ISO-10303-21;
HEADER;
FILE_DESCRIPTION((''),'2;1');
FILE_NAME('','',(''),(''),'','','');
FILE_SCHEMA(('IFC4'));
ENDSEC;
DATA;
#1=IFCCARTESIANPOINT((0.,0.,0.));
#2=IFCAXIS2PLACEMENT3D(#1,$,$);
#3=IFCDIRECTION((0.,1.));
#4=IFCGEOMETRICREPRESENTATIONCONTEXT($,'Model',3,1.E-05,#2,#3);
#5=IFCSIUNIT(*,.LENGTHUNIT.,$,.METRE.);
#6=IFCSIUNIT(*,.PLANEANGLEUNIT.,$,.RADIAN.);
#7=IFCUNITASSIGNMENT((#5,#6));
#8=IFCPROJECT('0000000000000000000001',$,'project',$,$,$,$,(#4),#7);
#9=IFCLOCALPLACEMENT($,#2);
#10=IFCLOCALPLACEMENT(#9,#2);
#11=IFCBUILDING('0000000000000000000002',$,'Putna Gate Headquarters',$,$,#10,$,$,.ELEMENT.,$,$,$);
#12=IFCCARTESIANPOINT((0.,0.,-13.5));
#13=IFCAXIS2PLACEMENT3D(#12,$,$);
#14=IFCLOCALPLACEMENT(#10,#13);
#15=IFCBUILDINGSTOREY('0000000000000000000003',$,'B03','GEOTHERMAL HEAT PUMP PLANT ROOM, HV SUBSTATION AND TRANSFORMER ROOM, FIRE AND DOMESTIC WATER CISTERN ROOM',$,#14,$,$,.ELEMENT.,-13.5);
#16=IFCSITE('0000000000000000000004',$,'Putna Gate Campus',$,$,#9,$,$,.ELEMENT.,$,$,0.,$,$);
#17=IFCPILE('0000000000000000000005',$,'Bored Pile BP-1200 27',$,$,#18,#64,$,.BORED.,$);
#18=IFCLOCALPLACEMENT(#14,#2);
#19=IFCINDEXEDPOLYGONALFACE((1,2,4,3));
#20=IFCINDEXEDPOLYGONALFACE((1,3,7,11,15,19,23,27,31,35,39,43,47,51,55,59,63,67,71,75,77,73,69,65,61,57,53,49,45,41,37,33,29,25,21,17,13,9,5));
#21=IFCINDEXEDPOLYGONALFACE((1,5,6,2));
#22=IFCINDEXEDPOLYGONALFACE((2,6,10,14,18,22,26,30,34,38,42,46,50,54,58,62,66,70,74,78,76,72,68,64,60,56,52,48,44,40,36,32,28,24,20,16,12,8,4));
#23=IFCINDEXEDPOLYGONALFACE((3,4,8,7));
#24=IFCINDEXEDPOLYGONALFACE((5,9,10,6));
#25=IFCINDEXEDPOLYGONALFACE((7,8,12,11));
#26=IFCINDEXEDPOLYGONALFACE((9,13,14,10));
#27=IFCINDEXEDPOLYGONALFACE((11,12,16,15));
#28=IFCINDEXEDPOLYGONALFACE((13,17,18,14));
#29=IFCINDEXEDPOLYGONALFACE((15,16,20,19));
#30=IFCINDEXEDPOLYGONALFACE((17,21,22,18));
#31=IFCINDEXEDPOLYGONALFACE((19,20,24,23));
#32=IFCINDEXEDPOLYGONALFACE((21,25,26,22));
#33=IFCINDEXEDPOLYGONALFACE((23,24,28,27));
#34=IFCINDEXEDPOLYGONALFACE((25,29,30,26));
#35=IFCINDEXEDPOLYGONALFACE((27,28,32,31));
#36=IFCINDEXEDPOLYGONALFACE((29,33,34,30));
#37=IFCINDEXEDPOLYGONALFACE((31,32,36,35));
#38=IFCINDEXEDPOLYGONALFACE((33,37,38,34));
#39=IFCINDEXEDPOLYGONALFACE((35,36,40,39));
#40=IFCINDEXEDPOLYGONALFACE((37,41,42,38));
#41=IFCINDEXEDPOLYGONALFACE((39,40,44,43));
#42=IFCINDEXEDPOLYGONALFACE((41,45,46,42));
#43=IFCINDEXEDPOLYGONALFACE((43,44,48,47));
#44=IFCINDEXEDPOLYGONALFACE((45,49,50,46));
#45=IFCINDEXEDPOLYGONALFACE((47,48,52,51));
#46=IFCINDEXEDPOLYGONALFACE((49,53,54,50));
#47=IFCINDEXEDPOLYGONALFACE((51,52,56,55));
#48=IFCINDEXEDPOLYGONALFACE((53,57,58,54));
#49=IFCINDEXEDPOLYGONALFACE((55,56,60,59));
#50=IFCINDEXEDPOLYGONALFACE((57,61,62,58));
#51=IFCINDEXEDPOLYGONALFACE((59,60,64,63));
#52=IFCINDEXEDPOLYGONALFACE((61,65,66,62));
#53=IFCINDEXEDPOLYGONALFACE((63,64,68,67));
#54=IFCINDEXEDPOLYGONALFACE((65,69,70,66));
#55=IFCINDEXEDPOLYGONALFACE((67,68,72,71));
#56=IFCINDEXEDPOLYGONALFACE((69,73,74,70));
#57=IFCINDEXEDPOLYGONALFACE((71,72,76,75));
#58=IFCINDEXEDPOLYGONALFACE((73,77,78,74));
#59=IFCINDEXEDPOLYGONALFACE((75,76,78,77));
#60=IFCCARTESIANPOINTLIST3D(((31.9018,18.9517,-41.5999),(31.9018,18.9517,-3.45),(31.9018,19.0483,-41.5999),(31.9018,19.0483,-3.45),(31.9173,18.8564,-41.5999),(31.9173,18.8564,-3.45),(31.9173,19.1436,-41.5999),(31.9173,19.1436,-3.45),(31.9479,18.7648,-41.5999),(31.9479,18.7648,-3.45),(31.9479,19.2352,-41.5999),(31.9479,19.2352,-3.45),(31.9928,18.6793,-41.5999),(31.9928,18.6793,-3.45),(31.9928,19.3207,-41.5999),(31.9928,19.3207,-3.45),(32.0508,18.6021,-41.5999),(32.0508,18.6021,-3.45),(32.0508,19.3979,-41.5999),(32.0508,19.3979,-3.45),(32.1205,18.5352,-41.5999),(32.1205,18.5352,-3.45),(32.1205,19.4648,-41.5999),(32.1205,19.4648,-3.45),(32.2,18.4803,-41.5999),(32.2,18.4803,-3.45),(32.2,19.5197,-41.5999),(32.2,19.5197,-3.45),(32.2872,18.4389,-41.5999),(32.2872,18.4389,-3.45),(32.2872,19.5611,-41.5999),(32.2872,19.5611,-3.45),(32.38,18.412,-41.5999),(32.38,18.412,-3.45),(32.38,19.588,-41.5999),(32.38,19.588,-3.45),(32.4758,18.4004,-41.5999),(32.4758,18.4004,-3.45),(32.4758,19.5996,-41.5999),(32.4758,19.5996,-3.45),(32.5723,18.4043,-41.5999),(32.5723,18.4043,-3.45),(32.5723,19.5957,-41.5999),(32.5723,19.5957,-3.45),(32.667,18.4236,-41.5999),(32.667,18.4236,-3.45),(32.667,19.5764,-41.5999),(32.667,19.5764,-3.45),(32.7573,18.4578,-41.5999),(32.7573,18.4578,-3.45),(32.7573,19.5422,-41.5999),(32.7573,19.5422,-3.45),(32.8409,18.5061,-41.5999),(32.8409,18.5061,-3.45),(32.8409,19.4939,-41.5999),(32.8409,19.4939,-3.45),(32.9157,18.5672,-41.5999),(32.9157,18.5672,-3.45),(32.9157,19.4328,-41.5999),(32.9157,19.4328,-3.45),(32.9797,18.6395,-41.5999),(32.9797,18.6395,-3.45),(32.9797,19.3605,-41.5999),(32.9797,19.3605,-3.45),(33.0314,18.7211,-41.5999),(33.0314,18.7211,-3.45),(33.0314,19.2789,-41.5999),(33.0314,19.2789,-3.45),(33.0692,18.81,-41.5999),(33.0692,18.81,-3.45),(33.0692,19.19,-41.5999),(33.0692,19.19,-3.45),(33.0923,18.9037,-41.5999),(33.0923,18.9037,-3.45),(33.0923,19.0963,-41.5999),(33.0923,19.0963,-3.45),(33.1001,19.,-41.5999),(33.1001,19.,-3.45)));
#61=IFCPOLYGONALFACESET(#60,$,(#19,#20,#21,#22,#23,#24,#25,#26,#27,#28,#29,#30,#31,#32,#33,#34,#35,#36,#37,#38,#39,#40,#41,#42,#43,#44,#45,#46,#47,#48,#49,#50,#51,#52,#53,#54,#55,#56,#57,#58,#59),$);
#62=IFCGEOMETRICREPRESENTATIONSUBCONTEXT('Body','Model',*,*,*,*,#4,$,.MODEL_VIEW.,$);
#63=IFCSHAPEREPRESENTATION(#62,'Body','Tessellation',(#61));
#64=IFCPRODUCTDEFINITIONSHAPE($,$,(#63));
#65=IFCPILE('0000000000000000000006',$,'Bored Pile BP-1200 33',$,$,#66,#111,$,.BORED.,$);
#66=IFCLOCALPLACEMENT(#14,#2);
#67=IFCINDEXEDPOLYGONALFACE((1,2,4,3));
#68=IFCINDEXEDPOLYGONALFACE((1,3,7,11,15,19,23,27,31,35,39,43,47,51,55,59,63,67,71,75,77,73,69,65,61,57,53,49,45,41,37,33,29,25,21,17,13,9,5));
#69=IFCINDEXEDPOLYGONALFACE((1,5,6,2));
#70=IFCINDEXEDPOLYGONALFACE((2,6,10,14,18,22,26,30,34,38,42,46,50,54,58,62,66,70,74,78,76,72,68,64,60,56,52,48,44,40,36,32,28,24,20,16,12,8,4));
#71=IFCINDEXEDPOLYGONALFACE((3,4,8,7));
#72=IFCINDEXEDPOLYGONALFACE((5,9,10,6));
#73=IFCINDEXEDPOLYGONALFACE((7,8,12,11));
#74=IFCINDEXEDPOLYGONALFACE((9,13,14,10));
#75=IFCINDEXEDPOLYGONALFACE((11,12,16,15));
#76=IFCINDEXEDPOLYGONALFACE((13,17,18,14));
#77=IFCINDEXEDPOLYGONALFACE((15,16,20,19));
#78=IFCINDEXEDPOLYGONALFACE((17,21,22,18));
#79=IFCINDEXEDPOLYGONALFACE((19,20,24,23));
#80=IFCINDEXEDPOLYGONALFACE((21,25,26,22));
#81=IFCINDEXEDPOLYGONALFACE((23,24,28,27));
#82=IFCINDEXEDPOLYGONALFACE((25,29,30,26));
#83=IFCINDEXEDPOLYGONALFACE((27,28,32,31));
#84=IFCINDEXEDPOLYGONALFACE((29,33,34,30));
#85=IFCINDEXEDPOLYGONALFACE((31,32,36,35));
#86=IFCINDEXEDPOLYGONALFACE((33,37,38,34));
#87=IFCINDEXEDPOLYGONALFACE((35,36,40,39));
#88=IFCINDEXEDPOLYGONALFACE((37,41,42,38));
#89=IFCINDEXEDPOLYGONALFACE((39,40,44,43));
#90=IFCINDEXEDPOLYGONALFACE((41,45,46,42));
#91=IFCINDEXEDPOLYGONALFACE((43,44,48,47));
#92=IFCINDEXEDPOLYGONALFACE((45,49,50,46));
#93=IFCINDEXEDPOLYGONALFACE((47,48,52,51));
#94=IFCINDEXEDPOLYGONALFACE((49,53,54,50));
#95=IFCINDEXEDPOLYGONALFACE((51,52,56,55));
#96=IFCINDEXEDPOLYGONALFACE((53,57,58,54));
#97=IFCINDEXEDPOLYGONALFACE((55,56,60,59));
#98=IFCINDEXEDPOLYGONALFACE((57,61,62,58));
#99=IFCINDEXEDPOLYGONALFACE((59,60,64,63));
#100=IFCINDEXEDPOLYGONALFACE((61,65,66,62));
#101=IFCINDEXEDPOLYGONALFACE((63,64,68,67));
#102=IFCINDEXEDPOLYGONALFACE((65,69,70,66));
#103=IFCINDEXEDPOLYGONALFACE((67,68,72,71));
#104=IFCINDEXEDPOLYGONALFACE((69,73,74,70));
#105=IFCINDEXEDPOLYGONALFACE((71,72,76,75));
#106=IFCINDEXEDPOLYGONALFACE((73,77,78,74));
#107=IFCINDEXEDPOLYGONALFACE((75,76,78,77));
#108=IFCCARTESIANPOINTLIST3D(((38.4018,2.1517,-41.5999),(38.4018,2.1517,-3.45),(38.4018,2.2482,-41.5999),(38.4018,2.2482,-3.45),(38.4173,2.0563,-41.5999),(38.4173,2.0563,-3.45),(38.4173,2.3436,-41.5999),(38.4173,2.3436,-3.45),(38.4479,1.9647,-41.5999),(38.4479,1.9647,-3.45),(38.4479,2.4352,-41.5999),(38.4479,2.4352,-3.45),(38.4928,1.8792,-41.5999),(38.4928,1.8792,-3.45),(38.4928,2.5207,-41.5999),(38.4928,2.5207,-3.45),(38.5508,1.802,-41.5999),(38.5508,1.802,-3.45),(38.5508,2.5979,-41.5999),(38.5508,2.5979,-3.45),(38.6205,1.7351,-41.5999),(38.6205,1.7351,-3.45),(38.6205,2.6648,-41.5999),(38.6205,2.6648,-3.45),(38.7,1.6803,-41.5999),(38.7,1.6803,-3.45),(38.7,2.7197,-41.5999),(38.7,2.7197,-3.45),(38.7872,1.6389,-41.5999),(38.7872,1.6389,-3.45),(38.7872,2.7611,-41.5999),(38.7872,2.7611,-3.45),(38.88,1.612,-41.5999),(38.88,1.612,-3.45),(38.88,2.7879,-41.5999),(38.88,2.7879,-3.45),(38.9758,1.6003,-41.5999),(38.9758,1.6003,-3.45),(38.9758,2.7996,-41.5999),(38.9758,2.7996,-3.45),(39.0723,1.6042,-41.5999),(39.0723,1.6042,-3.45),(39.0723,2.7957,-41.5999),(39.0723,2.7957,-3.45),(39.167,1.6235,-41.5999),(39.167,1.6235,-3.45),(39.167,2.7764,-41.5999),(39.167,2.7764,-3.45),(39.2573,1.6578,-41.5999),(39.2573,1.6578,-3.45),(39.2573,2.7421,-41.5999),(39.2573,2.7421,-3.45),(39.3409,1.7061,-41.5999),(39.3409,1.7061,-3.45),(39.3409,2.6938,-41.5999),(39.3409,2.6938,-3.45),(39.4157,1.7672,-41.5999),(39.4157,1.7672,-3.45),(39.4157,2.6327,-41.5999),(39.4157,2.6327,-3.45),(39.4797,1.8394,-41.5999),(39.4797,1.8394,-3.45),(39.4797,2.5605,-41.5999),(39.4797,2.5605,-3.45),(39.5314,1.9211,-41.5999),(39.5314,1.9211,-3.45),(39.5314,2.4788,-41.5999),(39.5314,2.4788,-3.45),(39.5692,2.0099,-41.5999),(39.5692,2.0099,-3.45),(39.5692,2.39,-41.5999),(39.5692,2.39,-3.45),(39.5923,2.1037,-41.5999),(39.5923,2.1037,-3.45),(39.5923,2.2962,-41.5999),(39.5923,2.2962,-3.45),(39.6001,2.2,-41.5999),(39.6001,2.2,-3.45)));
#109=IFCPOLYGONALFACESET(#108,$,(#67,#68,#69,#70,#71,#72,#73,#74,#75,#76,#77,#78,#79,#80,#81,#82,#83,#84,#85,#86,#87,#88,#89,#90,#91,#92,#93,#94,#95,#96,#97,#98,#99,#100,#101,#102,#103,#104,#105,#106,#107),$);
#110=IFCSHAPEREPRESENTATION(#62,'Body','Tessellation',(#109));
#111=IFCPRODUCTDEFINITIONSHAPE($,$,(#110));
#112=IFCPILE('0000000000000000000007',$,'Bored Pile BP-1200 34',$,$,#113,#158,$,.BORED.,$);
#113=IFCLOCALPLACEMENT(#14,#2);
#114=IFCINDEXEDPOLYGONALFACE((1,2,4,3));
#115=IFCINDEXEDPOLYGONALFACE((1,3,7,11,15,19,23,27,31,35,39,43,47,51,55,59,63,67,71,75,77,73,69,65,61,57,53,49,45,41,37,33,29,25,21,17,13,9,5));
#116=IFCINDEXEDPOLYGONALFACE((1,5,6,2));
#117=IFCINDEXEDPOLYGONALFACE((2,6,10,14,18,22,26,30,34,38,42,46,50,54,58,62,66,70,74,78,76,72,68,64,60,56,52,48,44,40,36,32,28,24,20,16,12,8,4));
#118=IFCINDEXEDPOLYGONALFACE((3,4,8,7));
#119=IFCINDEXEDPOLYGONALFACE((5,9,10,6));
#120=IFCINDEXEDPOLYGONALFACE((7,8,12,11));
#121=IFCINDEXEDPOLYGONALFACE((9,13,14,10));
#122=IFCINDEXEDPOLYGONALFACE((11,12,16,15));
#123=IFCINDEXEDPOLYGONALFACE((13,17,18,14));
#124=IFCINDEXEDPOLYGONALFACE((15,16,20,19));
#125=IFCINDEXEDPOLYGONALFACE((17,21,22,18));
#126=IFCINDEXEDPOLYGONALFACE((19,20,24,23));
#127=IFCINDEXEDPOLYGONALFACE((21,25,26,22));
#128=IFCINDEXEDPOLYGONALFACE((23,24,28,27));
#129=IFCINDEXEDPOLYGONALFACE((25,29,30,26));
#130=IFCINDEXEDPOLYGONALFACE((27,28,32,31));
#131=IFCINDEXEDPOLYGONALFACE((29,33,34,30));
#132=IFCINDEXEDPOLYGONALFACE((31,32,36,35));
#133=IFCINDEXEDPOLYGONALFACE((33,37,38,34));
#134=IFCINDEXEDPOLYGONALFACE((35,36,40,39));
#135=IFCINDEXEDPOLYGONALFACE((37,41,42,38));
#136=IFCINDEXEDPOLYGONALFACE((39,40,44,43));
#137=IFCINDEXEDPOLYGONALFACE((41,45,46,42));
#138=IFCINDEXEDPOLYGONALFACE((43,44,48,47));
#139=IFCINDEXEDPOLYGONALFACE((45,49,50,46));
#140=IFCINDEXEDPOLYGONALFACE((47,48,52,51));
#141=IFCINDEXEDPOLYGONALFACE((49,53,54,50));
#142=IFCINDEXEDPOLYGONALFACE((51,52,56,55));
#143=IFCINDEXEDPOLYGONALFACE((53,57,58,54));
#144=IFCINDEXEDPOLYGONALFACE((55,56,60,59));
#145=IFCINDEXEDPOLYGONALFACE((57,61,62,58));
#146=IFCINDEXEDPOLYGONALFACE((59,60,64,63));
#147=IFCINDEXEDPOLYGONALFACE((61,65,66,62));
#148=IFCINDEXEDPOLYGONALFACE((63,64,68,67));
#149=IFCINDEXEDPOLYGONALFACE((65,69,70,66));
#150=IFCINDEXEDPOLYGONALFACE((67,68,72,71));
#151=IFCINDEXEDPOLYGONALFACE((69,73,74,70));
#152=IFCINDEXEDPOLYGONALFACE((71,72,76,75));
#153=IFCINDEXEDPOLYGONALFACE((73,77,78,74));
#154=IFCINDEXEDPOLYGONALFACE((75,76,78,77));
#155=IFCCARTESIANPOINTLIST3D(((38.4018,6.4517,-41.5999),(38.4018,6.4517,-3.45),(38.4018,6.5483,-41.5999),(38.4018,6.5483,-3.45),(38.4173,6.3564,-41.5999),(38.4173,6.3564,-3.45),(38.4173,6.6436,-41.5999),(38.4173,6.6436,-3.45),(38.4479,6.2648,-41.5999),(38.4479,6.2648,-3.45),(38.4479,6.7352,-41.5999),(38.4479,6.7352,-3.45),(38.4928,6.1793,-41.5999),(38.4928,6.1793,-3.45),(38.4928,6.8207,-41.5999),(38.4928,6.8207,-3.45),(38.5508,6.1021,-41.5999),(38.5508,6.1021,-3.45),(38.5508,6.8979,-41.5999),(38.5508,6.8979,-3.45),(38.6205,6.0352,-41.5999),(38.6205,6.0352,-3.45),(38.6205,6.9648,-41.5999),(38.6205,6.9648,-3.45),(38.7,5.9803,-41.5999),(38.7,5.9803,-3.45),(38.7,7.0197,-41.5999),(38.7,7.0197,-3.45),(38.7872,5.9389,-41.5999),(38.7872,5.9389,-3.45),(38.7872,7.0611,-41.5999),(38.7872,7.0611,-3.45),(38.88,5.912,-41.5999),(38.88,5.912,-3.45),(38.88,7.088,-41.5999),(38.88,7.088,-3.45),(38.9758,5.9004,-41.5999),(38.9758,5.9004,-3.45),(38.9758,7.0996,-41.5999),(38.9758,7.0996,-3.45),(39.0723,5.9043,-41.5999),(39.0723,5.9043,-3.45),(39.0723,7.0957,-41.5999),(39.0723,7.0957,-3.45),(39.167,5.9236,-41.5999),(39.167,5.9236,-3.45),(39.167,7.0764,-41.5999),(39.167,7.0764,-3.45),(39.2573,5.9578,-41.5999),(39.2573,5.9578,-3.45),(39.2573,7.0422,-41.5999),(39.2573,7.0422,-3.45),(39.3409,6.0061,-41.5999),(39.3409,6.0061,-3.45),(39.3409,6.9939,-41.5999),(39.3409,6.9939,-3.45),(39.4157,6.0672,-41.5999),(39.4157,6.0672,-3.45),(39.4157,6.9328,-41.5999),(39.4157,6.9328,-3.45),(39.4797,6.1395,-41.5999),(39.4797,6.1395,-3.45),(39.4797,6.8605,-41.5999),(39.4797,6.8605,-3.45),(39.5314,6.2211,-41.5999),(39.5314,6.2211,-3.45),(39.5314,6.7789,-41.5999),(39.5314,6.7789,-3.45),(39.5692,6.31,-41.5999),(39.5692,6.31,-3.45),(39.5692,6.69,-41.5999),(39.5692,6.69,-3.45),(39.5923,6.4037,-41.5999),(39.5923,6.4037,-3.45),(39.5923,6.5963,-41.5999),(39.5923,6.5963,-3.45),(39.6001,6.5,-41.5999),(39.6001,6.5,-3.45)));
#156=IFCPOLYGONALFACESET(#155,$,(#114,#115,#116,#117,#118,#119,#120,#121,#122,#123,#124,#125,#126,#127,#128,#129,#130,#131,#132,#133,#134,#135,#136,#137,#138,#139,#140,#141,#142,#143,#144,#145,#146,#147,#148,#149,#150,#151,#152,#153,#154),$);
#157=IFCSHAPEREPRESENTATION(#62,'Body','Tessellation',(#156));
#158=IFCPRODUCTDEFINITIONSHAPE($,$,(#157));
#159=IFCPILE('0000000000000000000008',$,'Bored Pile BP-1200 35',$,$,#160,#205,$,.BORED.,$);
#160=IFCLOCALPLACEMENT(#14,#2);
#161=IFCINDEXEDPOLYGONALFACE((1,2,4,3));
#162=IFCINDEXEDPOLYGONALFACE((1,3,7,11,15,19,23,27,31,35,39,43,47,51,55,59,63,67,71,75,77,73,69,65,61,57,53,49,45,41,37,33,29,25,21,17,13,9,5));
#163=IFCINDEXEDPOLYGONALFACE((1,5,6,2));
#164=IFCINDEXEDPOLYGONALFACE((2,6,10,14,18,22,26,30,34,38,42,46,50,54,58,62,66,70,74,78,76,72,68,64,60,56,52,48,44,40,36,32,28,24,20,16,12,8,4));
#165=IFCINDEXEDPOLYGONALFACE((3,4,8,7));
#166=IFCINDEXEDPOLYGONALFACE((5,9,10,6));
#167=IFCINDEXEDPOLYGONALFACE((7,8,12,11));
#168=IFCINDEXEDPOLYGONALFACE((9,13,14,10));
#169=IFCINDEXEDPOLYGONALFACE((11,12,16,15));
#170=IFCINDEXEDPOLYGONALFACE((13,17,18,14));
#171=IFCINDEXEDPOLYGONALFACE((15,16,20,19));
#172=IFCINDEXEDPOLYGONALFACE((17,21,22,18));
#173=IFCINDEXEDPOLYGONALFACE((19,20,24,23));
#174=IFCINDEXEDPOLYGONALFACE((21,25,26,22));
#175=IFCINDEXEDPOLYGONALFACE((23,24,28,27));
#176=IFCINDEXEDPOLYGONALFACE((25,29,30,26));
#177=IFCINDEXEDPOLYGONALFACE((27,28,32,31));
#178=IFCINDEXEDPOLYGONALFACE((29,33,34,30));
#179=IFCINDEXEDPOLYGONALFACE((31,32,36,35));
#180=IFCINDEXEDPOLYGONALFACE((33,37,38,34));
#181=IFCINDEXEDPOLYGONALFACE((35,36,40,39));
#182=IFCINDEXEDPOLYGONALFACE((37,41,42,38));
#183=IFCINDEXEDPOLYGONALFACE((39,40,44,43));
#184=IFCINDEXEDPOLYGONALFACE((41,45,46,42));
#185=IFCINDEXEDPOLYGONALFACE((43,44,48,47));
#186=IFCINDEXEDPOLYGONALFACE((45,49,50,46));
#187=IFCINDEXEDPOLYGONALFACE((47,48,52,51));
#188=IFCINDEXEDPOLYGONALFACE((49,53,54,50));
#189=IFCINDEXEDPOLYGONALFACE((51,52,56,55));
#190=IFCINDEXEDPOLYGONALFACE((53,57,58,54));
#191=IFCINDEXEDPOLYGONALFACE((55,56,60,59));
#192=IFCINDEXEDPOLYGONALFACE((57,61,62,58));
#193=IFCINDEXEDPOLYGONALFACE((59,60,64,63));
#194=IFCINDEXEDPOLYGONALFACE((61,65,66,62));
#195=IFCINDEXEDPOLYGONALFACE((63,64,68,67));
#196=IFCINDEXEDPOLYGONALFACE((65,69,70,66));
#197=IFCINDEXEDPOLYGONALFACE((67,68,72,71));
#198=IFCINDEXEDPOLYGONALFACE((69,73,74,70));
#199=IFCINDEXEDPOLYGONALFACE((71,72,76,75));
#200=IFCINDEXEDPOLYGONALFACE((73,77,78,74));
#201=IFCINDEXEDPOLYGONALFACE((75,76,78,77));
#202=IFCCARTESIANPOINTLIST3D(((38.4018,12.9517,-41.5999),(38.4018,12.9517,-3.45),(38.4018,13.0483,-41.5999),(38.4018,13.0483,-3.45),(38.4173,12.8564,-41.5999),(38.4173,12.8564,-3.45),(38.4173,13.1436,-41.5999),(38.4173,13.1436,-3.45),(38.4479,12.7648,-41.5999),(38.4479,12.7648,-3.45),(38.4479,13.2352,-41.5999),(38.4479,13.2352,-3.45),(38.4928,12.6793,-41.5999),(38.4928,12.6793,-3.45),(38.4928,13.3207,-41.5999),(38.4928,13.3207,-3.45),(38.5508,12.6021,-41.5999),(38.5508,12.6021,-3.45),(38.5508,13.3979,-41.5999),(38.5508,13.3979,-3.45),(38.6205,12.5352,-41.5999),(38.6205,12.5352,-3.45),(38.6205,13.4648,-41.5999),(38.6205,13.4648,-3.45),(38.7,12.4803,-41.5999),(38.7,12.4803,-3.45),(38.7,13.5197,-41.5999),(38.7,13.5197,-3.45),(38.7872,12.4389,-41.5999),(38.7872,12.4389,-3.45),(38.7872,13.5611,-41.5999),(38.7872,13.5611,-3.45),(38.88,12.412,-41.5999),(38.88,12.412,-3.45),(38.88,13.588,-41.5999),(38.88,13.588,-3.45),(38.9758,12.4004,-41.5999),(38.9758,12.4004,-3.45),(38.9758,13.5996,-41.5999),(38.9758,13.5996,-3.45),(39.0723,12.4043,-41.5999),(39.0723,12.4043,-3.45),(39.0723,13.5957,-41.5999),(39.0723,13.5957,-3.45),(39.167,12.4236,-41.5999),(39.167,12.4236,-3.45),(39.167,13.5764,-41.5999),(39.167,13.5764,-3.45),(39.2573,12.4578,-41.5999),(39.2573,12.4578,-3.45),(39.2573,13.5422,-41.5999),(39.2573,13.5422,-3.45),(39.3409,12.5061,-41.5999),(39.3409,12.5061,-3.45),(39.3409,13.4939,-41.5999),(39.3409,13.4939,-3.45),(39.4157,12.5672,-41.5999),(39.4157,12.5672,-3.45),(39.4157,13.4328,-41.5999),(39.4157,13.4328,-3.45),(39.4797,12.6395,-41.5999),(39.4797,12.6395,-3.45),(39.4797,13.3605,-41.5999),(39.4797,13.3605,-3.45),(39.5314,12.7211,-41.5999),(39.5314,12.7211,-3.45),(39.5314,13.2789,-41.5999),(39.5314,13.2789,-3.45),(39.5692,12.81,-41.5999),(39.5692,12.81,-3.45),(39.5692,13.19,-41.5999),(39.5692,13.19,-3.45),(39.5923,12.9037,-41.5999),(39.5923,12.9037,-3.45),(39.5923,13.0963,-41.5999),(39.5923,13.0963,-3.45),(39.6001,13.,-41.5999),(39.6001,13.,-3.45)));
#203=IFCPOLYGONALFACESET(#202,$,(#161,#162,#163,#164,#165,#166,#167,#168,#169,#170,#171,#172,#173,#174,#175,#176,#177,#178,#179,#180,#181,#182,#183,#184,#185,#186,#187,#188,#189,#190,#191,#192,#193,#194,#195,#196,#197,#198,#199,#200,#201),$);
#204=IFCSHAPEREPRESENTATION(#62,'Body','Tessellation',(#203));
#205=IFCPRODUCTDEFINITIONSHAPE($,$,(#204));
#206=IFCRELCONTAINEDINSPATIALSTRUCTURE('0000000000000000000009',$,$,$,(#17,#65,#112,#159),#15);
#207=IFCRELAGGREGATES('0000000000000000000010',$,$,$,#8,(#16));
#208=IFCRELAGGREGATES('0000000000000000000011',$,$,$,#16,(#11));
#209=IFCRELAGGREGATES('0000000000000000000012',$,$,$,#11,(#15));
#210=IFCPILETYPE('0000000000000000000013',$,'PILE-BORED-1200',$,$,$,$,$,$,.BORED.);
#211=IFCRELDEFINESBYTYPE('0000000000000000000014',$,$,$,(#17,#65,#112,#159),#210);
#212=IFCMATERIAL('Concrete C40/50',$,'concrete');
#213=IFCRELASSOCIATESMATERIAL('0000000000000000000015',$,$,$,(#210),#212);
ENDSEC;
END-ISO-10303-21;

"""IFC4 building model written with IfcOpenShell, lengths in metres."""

from ifc_helpers import new_model, si_unit, direction, frame, origin, origin_2d, place, context, subcontext, project, spatial, circle, extrude, material, material_profile, profile_set, type_object, element, save


model = new_model("IFC4")

# Units and contexts
model_context = context("Model", 3, precision=1e-05, world=origin(), true_north=direction((0.0, 1.0)))
body_context = subcontext(model_context, "Body", "Model", "MODEL_VIEW")
ifc_project = project(units=[si_unit("LENGTHUNIT", "METRE"), si_unit("PLANEANGLEUNIT", "RADIAN")], contexts=[model_context])

# Site, building, storey
site_placement = place(None, origin())
site = spatial("IfcSite", under=ifc_project, at=site_placement, Name="Putna Gate Campus", CompositionType="ELEMENT", RefElevation=0.0)
building_placement = place(site_placement, origin())
building = spatial("IfcBuilding", under=site, at=building_placement, Name="Putna Gate Headquarters", CompositionType="ELEMENT")
storey_placement = place(building_placement, frame((0.0, 0.0, -13.5)))
storey = spatial("IfcBuildingStorey", under=building, at=storey_placement, Name="B03", Description="GEOTHERMAL HEAT PUMP PLANT ROOM, HV SUBSTATION AND TRANSFORMER ROOM, FIRE AND DOMESTIC WATER CISTERN ROOM", CompositionType="ELEMENT", Elevation=-13.5)

# Shared definitions
ifc_material_1 = material(Name="Concrete C40/50", Category="concrete")

# Piles
ifc_material_profile_1 = material_profile(ifc_material_1, circle(Radius=0.6001, at=origin_2d()), Name="Concrete C40/50")
ifc_profile_set_1 = profile_set([ifc_material_profile_1], Name="Concrete C40/50")
pile_type = type_object("IfcPileType", Name="PILE-BORED-1200", PredefinedType="BORED", material=ifc_profile_set_1)
for number, where, z_axis, x_axis, name in (
    (1, (32.5, 19.0, -3.45), (0.0, 0.0, -1.0), (1.0, 0.0, 0.0), "Bored Pile BP-1200 27"),
    (2, (39.0, 2.2, -3.45), (0.0, 0.0, -1.0), (1.0, 0.0, 0.0), "Bored Pile BP-1200 33"),
    (3, (39.0, 6.5, -3.45), (0.0, 0.0, -1.0), (1.0, 0.0, 0.0), "Bored Pile BP-1200 34"),
    (4, (39.0, 13.0, -3.45), (0.0, 0.0, -1.0), (1.0, 0.0, 0.0), "Bored Pile BP-1200 35"),
):
    element("IfcPile", number, at=place(storey_placement, frame(where, z_axis=z_axis, x_axis=x_axis)), inside=storey, type_object=pile_type, Name=name, PredefinedType="BORED", context=body_context, shape_type="SweptSolid", body=[
        extrude(circle(Radius=0.6001, at=origin_2d()), origin(), (0.0, 0.0, 1.0), 38.1499),
    ])

save(model, "model.ifc")
